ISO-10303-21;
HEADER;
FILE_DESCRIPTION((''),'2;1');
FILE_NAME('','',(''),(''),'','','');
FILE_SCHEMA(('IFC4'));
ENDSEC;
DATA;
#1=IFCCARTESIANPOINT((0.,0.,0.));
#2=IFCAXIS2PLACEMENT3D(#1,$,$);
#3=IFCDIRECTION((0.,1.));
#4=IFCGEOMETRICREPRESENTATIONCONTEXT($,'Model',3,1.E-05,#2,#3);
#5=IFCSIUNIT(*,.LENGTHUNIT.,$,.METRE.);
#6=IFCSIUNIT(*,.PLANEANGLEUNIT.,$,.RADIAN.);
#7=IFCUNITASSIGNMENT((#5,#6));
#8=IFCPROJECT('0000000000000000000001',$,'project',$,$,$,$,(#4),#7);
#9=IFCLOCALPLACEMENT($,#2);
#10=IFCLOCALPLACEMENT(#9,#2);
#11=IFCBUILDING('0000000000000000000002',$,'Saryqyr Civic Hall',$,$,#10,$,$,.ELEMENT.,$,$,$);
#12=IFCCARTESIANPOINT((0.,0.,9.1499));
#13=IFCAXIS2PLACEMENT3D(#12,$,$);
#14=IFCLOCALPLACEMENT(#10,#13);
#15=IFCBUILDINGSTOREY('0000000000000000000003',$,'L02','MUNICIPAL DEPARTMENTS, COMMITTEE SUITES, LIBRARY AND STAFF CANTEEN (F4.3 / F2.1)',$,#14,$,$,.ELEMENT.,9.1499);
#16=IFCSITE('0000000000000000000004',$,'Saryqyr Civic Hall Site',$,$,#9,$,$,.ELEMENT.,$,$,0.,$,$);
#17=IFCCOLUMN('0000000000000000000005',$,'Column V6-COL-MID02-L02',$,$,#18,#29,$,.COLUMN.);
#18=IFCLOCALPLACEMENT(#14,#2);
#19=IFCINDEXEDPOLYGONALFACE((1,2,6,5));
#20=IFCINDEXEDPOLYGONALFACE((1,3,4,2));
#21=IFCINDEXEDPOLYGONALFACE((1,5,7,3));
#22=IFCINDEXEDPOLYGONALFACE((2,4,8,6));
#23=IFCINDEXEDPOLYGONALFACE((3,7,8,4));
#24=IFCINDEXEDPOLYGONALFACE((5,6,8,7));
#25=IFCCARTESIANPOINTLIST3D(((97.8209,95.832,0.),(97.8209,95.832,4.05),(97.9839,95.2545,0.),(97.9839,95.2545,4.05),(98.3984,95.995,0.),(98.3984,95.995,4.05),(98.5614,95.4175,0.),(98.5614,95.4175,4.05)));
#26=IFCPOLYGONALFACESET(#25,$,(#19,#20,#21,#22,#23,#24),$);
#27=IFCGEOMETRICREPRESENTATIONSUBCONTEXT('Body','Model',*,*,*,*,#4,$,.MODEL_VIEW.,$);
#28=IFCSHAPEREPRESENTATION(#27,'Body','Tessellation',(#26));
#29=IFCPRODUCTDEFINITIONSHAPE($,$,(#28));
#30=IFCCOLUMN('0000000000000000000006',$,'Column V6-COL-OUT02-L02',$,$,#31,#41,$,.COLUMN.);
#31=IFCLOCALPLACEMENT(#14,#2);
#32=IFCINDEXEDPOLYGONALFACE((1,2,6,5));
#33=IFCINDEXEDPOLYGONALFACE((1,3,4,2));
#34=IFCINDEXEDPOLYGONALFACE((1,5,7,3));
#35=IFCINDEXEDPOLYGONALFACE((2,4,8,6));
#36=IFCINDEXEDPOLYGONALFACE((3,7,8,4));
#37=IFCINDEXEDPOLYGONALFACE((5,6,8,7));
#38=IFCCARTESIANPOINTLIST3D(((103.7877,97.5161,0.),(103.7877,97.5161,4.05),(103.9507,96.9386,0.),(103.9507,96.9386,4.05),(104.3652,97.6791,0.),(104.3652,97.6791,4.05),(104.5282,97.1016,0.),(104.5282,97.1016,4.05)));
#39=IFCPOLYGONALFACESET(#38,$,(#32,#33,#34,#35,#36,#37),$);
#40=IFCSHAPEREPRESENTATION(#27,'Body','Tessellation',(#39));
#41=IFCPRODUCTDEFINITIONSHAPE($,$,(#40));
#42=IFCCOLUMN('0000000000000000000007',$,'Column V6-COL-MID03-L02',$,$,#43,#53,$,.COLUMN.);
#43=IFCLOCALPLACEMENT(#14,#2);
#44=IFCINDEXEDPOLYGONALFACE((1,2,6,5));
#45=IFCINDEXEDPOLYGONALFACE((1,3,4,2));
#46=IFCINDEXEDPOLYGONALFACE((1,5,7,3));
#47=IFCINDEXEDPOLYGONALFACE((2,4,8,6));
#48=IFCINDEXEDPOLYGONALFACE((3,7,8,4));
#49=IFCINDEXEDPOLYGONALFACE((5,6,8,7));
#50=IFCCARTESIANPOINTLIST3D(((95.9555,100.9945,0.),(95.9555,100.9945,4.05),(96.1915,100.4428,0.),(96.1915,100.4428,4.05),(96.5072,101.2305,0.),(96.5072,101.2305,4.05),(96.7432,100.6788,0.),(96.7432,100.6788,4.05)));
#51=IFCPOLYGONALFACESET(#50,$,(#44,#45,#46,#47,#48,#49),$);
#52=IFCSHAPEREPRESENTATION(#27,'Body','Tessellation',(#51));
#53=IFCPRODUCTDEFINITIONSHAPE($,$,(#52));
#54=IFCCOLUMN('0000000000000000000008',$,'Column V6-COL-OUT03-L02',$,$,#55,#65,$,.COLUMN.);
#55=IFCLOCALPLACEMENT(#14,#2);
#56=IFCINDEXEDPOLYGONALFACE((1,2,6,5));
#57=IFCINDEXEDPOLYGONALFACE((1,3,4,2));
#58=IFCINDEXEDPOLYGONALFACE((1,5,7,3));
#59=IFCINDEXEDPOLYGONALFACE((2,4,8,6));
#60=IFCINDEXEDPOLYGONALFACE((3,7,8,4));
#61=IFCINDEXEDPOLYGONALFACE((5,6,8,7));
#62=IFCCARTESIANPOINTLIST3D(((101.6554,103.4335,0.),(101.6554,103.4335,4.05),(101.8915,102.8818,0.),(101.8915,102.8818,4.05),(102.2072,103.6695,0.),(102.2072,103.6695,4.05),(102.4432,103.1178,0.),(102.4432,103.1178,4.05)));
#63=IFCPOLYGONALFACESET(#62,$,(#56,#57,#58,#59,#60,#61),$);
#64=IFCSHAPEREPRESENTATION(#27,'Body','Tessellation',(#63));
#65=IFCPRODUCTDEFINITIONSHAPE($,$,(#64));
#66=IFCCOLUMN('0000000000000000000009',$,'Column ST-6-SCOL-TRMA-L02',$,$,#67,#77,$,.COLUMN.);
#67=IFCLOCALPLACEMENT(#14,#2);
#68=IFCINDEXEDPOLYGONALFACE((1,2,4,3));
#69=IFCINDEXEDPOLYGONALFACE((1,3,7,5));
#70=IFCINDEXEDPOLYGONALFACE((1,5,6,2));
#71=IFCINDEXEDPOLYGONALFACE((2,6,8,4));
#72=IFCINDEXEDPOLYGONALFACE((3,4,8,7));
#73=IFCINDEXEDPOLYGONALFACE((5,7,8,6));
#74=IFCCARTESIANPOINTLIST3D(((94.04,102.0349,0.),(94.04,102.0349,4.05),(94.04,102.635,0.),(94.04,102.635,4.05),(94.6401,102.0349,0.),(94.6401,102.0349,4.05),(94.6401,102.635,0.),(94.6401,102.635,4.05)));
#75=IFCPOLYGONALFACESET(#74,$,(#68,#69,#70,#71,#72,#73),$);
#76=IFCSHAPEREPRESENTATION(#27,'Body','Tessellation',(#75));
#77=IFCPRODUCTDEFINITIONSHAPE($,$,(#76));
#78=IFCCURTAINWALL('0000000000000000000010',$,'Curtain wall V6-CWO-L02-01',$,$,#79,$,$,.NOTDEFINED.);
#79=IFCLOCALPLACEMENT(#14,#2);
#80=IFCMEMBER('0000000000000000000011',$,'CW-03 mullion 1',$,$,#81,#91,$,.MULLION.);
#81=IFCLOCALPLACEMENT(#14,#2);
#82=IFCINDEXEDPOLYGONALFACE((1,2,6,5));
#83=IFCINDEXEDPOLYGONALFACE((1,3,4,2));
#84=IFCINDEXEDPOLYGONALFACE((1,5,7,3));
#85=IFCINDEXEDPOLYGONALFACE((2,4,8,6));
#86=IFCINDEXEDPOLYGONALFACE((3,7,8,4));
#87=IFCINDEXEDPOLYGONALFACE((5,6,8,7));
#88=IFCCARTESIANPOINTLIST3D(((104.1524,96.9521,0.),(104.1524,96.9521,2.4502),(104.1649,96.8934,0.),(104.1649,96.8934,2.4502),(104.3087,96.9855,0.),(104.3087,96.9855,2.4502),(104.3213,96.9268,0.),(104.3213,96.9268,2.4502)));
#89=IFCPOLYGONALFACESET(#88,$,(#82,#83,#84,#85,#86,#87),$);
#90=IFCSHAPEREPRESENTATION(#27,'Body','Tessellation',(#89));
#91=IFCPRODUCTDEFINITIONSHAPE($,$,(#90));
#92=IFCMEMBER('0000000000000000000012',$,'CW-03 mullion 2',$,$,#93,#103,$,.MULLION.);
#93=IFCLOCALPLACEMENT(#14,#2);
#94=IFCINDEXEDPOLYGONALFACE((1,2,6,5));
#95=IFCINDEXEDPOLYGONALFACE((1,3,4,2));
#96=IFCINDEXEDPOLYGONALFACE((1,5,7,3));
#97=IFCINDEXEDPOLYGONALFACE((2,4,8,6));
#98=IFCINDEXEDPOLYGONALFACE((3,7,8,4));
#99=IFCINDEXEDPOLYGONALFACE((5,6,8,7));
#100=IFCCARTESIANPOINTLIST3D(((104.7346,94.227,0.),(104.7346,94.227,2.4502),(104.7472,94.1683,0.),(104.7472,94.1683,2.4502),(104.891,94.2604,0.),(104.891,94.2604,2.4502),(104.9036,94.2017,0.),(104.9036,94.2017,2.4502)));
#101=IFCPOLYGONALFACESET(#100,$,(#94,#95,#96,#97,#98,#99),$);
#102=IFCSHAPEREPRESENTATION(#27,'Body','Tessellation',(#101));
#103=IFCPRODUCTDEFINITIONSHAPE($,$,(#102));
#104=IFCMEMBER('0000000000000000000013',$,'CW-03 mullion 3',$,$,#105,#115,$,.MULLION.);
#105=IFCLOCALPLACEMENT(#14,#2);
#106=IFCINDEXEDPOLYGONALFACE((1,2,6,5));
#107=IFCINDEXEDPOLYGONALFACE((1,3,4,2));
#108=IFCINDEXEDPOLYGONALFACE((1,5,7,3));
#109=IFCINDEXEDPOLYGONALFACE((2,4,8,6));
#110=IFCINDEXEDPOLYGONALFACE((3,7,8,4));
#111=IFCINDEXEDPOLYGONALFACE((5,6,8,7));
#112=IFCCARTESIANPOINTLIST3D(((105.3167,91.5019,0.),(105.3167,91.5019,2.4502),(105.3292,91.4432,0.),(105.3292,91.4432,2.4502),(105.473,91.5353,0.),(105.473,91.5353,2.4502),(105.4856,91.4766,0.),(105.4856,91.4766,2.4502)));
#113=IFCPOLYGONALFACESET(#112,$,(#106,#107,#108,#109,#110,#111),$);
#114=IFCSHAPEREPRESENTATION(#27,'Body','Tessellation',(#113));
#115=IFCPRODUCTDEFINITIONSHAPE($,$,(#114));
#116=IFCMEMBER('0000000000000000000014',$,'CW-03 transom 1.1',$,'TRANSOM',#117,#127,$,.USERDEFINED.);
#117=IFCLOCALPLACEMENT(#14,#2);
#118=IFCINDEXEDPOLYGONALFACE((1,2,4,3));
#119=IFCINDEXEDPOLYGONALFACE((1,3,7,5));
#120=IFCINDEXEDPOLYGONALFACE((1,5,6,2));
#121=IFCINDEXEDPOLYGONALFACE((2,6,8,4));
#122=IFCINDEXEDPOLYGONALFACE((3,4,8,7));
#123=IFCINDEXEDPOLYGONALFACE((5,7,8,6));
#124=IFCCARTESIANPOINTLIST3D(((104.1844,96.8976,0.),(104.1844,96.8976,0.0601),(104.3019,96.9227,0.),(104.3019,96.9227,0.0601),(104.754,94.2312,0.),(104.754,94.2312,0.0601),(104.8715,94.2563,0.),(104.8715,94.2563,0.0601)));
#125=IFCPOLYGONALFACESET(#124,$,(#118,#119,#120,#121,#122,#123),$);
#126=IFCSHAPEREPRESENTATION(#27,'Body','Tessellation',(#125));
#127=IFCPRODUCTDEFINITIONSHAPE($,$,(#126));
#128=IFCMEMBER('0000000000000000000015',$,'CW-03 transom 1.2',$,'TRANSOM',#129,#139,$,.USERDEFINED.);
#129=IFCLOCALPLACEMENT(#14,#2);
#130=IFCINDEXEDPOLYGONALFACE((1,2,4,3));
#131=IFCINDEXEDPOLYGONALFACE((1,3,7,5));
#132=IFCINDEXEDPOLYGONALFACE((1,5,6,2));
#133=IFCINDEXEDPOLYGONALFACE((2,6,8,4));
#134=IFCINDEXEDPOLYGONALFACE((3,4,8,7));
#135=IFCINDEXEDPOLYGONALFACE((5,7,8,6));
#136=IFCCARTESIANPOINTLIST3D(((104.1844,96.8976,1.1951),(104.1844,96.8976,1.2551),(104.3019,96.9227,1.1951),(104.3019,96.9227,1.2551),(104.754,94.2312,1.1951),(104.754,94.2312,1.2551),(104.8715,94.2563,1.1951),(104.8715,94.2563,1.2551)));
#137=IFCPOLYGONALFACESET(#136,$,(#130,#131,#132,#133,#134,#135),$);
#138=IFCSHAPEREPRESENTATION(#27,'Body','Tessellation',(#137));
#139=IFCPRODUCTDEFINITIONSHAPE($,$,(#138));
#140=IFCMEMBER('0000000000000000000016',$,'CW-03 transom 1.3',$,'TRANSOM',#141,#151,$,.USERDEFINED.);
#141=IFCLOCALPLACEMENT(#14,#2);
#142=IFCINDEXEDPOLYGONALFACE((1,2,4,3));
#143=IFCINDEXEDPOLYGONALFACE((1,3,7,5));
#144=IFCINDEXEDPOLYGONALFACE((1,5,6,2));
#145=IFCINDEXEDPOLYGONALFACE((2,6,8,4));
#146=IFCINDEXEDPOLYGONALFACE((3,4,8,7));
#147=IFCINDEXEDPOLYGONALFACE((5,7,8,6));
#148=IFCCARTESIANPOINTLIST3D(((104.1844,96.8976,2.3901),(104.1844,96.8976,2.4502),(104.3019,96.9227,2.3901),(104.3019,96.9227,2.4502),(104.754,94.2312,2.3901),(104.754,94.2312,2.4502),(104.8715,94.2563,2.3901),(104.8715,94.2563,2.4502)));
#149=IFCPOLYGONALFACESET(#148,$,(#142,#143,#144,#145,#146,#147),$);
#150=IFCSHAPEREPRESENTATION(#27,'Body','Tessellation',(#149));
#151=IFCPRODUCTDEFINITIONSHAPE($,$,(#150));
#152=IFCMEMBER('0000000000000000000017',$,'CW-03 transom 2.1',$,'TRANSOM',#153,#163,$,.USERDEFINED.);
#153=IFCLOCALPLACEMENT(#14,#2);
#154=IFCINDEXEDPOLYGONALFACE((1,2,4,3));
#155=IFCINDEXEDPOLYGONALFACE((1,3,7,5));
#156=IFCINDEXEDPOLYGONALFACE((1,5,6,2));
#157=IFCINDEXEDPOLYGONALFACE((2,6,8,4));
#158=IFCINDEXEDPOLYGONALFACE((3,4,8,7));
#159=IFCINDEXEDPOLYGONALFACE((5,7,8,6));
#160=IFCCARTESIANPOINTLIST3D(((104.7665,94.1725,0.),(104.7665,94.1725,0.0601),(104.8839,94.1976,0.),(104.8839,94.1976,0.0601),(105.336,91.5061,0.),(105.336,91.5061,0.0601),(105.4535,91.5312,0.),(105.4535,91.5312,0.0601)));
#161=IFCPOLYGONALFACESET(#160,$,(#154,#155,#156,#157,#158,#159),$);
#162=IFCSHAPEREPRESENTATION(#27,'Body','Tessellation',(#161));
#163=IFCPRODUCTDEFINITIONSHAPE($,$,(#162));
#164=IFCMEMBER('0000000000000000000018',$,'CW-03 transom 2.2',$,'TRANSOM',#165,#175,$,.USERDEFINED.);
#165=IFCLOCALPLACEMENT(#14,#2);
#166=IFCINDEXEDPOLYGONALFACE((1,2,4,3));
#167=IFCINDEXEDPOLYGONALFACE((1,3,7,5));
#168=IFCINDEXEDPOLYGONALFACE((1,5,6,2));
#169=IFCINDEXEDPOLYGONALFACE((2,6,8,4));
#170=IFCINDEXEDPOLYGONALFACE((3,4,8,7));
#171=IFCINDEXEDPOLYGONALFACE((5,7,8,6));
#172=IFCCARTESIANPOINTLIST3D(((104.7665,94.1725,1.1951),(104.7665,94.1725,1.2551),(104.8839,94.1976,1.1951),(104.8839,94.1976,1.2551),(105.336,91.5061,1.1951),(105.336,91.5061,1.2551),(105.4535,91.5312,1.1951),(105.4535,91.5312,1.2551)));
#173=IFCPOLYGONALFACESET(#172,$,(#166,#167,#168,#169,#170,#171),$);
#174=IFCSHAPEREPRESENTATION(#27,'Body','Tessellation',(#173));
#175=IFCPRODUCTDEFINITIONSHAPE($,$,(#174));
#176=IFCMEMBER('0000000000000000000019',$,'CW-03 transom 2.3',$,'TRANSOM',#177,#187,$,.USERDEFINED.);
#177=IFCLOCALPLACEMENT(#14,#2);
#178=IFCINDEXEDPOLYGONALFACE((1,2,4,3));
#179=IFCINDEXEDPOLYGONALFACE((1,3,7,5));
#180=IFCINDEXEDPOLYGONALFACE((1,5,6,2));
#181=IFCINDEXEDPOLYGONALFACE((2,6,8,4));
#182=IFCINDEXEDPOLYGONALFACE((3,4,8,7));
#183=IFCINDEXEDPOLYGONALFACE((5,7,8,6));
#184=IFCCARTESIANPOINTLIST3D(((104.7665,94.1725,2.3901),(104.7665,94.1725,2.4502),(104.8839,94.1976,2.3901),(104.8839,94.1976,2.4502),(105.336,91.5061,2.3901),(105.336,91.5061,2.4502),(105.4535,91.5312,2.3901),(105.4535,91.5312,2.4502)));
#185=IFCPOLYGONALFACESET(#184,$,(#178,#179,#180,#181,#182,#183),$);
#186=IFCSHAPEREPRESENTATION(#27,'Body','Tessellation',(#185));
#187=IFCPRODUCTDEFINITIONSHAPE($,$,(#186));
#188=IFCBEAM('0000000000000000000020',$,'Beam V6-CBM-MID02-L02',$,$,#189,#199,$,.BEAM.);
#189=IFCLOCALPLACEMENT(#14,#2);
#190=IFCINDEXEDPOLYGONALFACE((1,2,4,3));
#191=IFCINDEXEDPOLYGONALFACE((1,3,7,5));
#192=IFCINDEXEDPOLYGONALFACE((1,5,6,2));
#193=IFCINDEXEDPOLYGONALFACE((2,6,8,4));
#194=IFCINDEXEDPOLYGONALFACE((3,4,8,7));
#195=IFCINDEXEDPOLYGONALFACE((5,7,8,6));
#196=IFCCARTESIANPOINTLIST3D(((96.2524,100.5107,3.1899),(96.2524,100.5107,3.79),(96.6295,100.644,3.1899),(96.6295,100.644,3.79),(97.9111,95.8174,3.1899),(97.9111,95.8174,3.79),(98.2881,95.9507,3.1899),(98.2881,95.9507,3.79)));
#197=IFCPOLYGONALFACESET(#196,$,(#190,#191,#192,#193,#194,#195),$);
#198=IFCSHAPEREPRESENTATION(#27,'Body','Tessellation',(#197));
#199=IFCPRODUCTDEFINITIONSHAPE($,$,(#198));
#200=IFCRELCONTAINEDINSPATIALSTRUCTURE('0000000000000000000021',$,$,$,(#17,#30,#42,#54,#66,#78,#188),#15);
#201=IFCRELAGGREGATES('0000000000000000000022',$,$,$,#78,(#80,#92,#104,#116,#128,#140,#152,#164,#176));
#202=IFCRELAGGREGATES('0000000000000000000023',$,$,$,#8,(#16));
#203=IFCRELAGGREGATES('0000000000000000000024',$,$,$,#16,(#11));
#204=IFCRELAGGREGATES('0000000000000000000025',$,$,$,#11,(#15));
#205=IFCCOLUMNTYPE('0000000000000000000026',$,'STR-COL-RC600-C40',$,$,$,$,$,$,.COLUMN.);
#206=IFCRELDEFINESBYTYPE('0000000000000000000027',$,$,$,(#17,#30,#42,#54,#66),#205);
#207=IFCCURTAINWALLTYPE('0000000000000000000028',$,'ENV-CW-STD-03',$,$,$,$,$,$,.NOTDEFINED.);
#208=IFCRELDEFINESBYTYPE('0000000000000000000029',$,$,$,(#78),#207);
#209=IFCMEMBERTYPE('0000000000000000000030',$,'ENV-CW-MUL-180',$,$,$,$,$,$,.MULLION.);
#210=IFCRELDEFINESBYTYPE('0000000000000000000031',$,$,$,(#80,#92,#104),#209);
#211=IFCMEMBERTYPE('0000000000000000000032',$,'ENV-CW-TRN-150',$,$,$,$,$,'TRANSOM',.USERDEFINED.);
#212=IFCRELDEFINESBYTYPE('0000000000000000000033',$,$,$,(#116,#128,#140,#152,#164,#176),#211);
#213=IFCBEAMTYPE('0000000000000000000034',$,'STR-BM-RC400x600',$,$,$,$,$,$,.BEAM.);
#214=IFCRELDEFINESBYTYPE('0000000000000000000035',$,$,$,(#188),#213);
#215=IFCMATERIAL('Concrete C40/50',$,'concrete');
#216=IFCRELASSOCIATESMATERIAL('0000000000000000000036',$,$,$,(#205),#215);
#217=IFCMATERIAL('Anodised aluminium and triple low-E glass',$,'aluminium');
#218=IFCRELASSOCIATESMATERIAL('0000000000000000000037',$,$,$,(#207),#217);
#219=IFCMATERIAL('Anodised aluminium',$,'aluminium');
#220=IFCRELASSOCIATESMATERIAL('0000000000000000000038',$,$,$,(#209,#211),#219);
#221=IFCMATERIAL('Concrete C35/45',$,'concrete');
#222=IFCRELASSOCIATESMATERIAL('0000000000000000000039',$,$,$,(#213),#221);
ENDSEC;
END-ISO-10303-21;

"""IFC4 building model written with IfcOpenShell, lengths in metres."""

from ifc_helpers import new_model, si_unit, direction, frame, origin, origin_2d, place, context, subcontext, project, spatial, rectangle, extrude, material, material_profile, profile_set, type_object, element, aggregate, save


model = new_model("IFC4")

# Units and contexts
model_context = context("Model", 3, precision=1e-05, world=origin(), true_north=direction((0.0, 1.0)))
body_context = subcontext(model_context, "Body", "Model", "MODEL_VIEW")
ifc_project = project(units=[si_unit("LENGTHUNIT", "METRE"), si_unit("PLANEANGLEUNIT", "RADIAN")], contexts=[model_context])

# Site, building, storey
site_placement = place(None, origin())
site = spatial("IfcSite", under=ifc_project, at=site_placement, Name="Saryqyr Civic Hall Site", CompositionType="ELEMENT", RefElevation=0.0)
building_placement = place(site_placement, origin())
building = spatial("IfcBuilding", under=site, at=building_placement, Name="Saryqyr Civic Hall", CompositionType="ELEMENT")
storey_placement = place(building_placement, frame((0.0, 0.0, 9.1499)))
storey = spatial("IfcBuildingStorey", under=building, at=storey_placement, Name="L02", Description="MUNICIPAL DEPARTMENTS, COMMITTEE SUITES, LIBRARY AND STAFF CANTEEN (F4.3 / F2.1)", CompositionType="ELEMENT", Elevation=9.1499)

# Columns
ifc_material_1 = material(Name="Concrete C40/50", Category="concrete")
ifc_material_profile_1 = material_profile(ifc_material_1, rectangle(XDim=0.6001, YDim=0.6001, at=origin_2d()), Name="RC 600x600")
ifc_profile_set_1 = profile_set([ifc_material_profile_1], Name="Concrete C40/50")
column_type = type_object("IfcColumnType", Name="STR-COL-RC600-C40", PredefinedType="COLUMN", material=ifc_profile_set_1)
for number, where, z_axis, x_axis, name in (
    (1, (98.1912, 95.6248, 0.0), (0.0, 0.0, 1.0), (0.962408, 0.271608, 0.0), "Column V6-COL-MID02-L02"),
    (2, (104.158, 97.3088, 0.0), (0.0, 0.0, 1.0), (0.962408, 0.271608, 0.0), "Column V6-COL-OUT02-L02"),
    (3, (96.3494, 100.8367, 0.0), (0.0, 0.0, 1.0), (0.91941, 0.3933, 0.0), "Column V6-COL-MID03-L02"),
    (4, (102.0493, 103.2756, 0.0), (0.0, 0.0, 1.0), (0.91941, 0.3933, 0.0), "Column V6-COL-OUT03-L02"),
    (5, (94.3401, 102.335, 0.0), (0.0, 0.0, 1.0), (1.0, 0.0, 0.0), "Column ST-6-SCOL-TRMA-L02"),
):
    element("IfcColumn", number, at=place(storey_placement, frame(where, z_axis=z_axis, x_axis=x_axis)), inside=storey, type_object=column_type, Name=name, PredefinedType="COLUMN", context=body_context, shape_type="SweptSolid", body=[
        extrude(rectangle(XDim=0.6001, YDim=0.6001, at=origin_2d()), origin(), (0.0, 0.0, 1.0), 4.05),
    ])

# Curtain wall, members
ifc_material_2 = material(Name="Anodised aluminium and triple low-E glass", Category="aluminium")
curtain_wall_type = type_object("IfcCurtainWallType", Name="ENV-CW-STD-03", PredefinedType="NOTDEFINED", material=ifc_material_2)
curtain_wall_placement = place(storey_placement, origin())
curtain_wall = element("IfcCurtainWall", 6, at=curtain_wall_placement, inside=storey, type_object=curtain_wall_type, Name="Curtain wall V6-CWO-L02-01", PredefinedType="NOTDEFINED")
ifc_material_3 = material(Name="Anodised aluminium", Category="aluminium")
ifc_material_profile_2 = material_profile(ifc_material_3, rectangle(XDim=0.0601, YDim=0.1599, at=origin_2d()), Name="ALU MULLION 60x160")
ifc_profile_set_2 = profile_set([ifc_material_profile_2], Name="Anodised aluminium")
member_type_1 = type_object("IfcMemberType", Name="ENV-CW-MUL-180", PredefinedType="MULLION", material=ifc_profile_set_2)
member_1_placement = place(storey_placement, frame((104.2368, 96.9395, 0.0), z_axis=(0.0, 0.0, 1.0), x_axis=(0.208908, -0.977935, 0.0)))
member_1 = element("IfcMember", 7, at=member_1_placement, type_object=member_type_1, Name="CW-03 mullion 1", PredefinedType="MULLION", context=body_context, shape_type="SweptSolid", body=[
    extrude(rectangle(XDim=0.0601, YDim=0.1599, at=origin_2d()), origin(), (0.0, 0.0, 1.0), 2.4502),
])
member_2_placement = place(storey_placement, frame((104.8191, 94.2144, 0.0), z_axis=(0.0, 0.0, 1.0), x_axis=(0.208908, -0.977935, 0.0)))
member_2 = element("IfcMember", 8, at=member_2_placement, type_object=member_type_1, Name="CW-03 mullion 2", PredefinedType="MULLION", context=body_context, shape_type="SweptSolid", body=[
    extrude(rectangle(XDim=0.0601, YDim=0.1599, at=origin_2d()), origin(), (0.0, 0.0, 1.0), 2.4502),
])
member_3_placement = place(storey_placement, frame((105.4011, 91.4893, 0.0), z_axis=(0.0, 0.0, 1.0), x_axis=(0.208908, -0.977935, 0.0)))
member_3 = element("IfcMember", 9, at=member_3_placement, type_object=member_type_1, Name="CW-03 mullion 3", PredefinedType="MULLION", context=body_context, shape_type="SweptSolid", body=[
    extrude(rectangle(XDim=0.0601, YDim=0.1599, at=origin_2d()), origin(), (0.0, 0.0, 1.0), 2.4502),
])
ifc_material_profile_3 = material_profile(ifc_material_3, rectangle(XDim=0.1201, YDim=0.0601, at=origin_2d()), Name="ALU TRANSOM 120x60")
ifc_profile_set_3 = profile_set([ifc_material_profile_3], Name="Anodised aluminium")
member_type_2 = type_object("IfcMemberType", Name="ENV-CW-TRN-150", ElementType="TRANSOM", PredefinedType="USERDEFINED", material=ifc_profile_set_3)
member_4_placement = place(storey_placement, frame((104.2432, 96.9102, 0.03), z_axis=(0.208893, -0.977938, 0.0), x_axis=(0.977938, 0.208893, 0.0)))
member_4 = element("IfcMember", 10, at=member_4_placement, type_object=member_type_2, Name="CW-03 transom 1.1", ObjectType="TRANSOM", PredefinedType="USERDEFINED", context=body_context, shape_type="SweptSolid", body=[
    extrude(rectangle(XDim=0.1201, YDim=0.0601, at=origin_2d()), origin(), (0.0, 0.0, 1.0), 2.7266),
])
member_5_placement = place(storey_placement, frame((104.2432, 96.9102, 1.2251), z_axis=(0.208893, -0.977938, 0.0), x_axis=(0.977938, 0.208893, 0.0)))
member_5 = element("IfcMember", 11, at=member_5_placement, type_object=member_type_2, Name="CW-03 transom 1.2", ObjectType="TRANSOM", PredefinedType="USERDEFINED", context=body_context, shape_type="SweptSolid", body=[
    extrude(rectangle(XDim=0.1201, YDim=0.0601, at=origin_2d()), origin(), (0.0, 0.0, 1.0), 2.7266),
])
member_6_placement = place(storey_placement, frame((104.2432, 96.9102, 2.4202), z_axis=(0.208893, -0.977938, 0.0), x_axis=(0.977938, 0.208893, 0.0)))
member_6 = element("IfcMember", 12, at=member_6_placement, type_object=member_type_2, Name="CW-03 transom 1.3", ObjectType="TRANSOM", PredefinedType="USERDEFINED", context=body_context, shape_type="SweptSolid", body=[
    extrude(rectangle(XDim=0.1201, YDim=0.0601, at=origin_2d()), origin(), (0.0, 0.0, 1.0), 2.7266),
])
member_7_placement = place(storey_placement, frame((104.8252, 94.1851, 0.03), z_axis=(0.208893, -0.977938, 0.0), x_axis=(0.977938, 0.208893, 0.0)))
member_7 = element("IfcMember", 13, at=member_7_placement, type_object=member_type_2, Name="CW-03 transom 2.1", ObjectType="TRANSOM", PredefinedType="USERDEFINED", context=body_context, shape_type="SweptSolid", body=[
    extrude(rectangle(XDim=0.1201, YDim=0.0601, at=origin_2d()), origin(), (0.0, 0.0, 1.0), 2.7266),
])
member_8_placement = place(storey_placement, frame((104.8252, 94.1851, 1.2251), z_axis=(0.208893, -0.977938, 0.0), x_axis=(0.977938, 0.208893, 0.0)))
member_8 = element("IfcMember", 14, at=member_8_placement, type_object=member_type_2, Name="CW-03 transom 2.2", ObjectType="TRANSOM", PredefinedType="USERDEFINED", context=body_context, shape_type="SweptSolid", body=[
    extrude(rectangle(XDim=0.1201, YDim=0.0601, at=origin_2d()), origin(), (0.0, 0.0, 1.0), 2.7266),
])
member_9_placement = place(storey_placement, frame((104.8252, 94.1851, 2.4202), z_axis=(0.208893, -0.977938, 0.0), x_axis=(0.977938, 0.208893, 0.0)))
member_9 = element("IfcMember", 15, at=member_9_placement, type_object=member_type_2, Name="CW-03 transom 2.3", ObjectType="TRANSOM", PredefinedType="USERDEFINED", context=body_context, shape_type="SweptSolid", body=[
    extrude(rectangle(XDim=0.1201, YDim=0.0601, at=origin_2d()), origin(), (0.0, 0.0, 1.0), 2.7266),
])

# Beam
ifc_material_4 = material(Name="Concrete C35/45", Category="concrete")
ifc_material_profile_4 = material_profile(ifc_material_4, rectangle(XDim=0.3999, YDim=0.6001, at=origin_2d()), Name="RC 400x600")
ifc_profile_set_4 = profile_set([ifc_material_profile_4], Name="Concrete C35/45")
beam_type_1 = type_object("IfcBeamType", Name="STR-BM-RC400x600", PredefinedType="BEAM", material=ifc_profile_set_4)
beam_1_placement = place(storey_placement, frame((98.0996, 95.884, 3.49), z_axis=(-0.333215, 0.942851, 0.0), x_axis=(-0.942851, -0.333215, 0.0)))
element("IfcBeam", 16, at=beam_1_placement, inside=storey, type_object=beam_type_1, Name="Beam V6-CBM-MID02-L02", PredefinedType="BEAM", context=body_context, shape_type="SweptSolid", body=[
    extrude(rectangle(XDim=0.3999, YDim=0.6001, at=origin_2d()), origin(), (0.0, 0.0, 1.0), 4.9778),
])

aggregate(curtain_wall, [member_1, member_2, member_3, member_4, member_5, member_6, member_7, member_8, member_9])

save(model, "model.ifc")
